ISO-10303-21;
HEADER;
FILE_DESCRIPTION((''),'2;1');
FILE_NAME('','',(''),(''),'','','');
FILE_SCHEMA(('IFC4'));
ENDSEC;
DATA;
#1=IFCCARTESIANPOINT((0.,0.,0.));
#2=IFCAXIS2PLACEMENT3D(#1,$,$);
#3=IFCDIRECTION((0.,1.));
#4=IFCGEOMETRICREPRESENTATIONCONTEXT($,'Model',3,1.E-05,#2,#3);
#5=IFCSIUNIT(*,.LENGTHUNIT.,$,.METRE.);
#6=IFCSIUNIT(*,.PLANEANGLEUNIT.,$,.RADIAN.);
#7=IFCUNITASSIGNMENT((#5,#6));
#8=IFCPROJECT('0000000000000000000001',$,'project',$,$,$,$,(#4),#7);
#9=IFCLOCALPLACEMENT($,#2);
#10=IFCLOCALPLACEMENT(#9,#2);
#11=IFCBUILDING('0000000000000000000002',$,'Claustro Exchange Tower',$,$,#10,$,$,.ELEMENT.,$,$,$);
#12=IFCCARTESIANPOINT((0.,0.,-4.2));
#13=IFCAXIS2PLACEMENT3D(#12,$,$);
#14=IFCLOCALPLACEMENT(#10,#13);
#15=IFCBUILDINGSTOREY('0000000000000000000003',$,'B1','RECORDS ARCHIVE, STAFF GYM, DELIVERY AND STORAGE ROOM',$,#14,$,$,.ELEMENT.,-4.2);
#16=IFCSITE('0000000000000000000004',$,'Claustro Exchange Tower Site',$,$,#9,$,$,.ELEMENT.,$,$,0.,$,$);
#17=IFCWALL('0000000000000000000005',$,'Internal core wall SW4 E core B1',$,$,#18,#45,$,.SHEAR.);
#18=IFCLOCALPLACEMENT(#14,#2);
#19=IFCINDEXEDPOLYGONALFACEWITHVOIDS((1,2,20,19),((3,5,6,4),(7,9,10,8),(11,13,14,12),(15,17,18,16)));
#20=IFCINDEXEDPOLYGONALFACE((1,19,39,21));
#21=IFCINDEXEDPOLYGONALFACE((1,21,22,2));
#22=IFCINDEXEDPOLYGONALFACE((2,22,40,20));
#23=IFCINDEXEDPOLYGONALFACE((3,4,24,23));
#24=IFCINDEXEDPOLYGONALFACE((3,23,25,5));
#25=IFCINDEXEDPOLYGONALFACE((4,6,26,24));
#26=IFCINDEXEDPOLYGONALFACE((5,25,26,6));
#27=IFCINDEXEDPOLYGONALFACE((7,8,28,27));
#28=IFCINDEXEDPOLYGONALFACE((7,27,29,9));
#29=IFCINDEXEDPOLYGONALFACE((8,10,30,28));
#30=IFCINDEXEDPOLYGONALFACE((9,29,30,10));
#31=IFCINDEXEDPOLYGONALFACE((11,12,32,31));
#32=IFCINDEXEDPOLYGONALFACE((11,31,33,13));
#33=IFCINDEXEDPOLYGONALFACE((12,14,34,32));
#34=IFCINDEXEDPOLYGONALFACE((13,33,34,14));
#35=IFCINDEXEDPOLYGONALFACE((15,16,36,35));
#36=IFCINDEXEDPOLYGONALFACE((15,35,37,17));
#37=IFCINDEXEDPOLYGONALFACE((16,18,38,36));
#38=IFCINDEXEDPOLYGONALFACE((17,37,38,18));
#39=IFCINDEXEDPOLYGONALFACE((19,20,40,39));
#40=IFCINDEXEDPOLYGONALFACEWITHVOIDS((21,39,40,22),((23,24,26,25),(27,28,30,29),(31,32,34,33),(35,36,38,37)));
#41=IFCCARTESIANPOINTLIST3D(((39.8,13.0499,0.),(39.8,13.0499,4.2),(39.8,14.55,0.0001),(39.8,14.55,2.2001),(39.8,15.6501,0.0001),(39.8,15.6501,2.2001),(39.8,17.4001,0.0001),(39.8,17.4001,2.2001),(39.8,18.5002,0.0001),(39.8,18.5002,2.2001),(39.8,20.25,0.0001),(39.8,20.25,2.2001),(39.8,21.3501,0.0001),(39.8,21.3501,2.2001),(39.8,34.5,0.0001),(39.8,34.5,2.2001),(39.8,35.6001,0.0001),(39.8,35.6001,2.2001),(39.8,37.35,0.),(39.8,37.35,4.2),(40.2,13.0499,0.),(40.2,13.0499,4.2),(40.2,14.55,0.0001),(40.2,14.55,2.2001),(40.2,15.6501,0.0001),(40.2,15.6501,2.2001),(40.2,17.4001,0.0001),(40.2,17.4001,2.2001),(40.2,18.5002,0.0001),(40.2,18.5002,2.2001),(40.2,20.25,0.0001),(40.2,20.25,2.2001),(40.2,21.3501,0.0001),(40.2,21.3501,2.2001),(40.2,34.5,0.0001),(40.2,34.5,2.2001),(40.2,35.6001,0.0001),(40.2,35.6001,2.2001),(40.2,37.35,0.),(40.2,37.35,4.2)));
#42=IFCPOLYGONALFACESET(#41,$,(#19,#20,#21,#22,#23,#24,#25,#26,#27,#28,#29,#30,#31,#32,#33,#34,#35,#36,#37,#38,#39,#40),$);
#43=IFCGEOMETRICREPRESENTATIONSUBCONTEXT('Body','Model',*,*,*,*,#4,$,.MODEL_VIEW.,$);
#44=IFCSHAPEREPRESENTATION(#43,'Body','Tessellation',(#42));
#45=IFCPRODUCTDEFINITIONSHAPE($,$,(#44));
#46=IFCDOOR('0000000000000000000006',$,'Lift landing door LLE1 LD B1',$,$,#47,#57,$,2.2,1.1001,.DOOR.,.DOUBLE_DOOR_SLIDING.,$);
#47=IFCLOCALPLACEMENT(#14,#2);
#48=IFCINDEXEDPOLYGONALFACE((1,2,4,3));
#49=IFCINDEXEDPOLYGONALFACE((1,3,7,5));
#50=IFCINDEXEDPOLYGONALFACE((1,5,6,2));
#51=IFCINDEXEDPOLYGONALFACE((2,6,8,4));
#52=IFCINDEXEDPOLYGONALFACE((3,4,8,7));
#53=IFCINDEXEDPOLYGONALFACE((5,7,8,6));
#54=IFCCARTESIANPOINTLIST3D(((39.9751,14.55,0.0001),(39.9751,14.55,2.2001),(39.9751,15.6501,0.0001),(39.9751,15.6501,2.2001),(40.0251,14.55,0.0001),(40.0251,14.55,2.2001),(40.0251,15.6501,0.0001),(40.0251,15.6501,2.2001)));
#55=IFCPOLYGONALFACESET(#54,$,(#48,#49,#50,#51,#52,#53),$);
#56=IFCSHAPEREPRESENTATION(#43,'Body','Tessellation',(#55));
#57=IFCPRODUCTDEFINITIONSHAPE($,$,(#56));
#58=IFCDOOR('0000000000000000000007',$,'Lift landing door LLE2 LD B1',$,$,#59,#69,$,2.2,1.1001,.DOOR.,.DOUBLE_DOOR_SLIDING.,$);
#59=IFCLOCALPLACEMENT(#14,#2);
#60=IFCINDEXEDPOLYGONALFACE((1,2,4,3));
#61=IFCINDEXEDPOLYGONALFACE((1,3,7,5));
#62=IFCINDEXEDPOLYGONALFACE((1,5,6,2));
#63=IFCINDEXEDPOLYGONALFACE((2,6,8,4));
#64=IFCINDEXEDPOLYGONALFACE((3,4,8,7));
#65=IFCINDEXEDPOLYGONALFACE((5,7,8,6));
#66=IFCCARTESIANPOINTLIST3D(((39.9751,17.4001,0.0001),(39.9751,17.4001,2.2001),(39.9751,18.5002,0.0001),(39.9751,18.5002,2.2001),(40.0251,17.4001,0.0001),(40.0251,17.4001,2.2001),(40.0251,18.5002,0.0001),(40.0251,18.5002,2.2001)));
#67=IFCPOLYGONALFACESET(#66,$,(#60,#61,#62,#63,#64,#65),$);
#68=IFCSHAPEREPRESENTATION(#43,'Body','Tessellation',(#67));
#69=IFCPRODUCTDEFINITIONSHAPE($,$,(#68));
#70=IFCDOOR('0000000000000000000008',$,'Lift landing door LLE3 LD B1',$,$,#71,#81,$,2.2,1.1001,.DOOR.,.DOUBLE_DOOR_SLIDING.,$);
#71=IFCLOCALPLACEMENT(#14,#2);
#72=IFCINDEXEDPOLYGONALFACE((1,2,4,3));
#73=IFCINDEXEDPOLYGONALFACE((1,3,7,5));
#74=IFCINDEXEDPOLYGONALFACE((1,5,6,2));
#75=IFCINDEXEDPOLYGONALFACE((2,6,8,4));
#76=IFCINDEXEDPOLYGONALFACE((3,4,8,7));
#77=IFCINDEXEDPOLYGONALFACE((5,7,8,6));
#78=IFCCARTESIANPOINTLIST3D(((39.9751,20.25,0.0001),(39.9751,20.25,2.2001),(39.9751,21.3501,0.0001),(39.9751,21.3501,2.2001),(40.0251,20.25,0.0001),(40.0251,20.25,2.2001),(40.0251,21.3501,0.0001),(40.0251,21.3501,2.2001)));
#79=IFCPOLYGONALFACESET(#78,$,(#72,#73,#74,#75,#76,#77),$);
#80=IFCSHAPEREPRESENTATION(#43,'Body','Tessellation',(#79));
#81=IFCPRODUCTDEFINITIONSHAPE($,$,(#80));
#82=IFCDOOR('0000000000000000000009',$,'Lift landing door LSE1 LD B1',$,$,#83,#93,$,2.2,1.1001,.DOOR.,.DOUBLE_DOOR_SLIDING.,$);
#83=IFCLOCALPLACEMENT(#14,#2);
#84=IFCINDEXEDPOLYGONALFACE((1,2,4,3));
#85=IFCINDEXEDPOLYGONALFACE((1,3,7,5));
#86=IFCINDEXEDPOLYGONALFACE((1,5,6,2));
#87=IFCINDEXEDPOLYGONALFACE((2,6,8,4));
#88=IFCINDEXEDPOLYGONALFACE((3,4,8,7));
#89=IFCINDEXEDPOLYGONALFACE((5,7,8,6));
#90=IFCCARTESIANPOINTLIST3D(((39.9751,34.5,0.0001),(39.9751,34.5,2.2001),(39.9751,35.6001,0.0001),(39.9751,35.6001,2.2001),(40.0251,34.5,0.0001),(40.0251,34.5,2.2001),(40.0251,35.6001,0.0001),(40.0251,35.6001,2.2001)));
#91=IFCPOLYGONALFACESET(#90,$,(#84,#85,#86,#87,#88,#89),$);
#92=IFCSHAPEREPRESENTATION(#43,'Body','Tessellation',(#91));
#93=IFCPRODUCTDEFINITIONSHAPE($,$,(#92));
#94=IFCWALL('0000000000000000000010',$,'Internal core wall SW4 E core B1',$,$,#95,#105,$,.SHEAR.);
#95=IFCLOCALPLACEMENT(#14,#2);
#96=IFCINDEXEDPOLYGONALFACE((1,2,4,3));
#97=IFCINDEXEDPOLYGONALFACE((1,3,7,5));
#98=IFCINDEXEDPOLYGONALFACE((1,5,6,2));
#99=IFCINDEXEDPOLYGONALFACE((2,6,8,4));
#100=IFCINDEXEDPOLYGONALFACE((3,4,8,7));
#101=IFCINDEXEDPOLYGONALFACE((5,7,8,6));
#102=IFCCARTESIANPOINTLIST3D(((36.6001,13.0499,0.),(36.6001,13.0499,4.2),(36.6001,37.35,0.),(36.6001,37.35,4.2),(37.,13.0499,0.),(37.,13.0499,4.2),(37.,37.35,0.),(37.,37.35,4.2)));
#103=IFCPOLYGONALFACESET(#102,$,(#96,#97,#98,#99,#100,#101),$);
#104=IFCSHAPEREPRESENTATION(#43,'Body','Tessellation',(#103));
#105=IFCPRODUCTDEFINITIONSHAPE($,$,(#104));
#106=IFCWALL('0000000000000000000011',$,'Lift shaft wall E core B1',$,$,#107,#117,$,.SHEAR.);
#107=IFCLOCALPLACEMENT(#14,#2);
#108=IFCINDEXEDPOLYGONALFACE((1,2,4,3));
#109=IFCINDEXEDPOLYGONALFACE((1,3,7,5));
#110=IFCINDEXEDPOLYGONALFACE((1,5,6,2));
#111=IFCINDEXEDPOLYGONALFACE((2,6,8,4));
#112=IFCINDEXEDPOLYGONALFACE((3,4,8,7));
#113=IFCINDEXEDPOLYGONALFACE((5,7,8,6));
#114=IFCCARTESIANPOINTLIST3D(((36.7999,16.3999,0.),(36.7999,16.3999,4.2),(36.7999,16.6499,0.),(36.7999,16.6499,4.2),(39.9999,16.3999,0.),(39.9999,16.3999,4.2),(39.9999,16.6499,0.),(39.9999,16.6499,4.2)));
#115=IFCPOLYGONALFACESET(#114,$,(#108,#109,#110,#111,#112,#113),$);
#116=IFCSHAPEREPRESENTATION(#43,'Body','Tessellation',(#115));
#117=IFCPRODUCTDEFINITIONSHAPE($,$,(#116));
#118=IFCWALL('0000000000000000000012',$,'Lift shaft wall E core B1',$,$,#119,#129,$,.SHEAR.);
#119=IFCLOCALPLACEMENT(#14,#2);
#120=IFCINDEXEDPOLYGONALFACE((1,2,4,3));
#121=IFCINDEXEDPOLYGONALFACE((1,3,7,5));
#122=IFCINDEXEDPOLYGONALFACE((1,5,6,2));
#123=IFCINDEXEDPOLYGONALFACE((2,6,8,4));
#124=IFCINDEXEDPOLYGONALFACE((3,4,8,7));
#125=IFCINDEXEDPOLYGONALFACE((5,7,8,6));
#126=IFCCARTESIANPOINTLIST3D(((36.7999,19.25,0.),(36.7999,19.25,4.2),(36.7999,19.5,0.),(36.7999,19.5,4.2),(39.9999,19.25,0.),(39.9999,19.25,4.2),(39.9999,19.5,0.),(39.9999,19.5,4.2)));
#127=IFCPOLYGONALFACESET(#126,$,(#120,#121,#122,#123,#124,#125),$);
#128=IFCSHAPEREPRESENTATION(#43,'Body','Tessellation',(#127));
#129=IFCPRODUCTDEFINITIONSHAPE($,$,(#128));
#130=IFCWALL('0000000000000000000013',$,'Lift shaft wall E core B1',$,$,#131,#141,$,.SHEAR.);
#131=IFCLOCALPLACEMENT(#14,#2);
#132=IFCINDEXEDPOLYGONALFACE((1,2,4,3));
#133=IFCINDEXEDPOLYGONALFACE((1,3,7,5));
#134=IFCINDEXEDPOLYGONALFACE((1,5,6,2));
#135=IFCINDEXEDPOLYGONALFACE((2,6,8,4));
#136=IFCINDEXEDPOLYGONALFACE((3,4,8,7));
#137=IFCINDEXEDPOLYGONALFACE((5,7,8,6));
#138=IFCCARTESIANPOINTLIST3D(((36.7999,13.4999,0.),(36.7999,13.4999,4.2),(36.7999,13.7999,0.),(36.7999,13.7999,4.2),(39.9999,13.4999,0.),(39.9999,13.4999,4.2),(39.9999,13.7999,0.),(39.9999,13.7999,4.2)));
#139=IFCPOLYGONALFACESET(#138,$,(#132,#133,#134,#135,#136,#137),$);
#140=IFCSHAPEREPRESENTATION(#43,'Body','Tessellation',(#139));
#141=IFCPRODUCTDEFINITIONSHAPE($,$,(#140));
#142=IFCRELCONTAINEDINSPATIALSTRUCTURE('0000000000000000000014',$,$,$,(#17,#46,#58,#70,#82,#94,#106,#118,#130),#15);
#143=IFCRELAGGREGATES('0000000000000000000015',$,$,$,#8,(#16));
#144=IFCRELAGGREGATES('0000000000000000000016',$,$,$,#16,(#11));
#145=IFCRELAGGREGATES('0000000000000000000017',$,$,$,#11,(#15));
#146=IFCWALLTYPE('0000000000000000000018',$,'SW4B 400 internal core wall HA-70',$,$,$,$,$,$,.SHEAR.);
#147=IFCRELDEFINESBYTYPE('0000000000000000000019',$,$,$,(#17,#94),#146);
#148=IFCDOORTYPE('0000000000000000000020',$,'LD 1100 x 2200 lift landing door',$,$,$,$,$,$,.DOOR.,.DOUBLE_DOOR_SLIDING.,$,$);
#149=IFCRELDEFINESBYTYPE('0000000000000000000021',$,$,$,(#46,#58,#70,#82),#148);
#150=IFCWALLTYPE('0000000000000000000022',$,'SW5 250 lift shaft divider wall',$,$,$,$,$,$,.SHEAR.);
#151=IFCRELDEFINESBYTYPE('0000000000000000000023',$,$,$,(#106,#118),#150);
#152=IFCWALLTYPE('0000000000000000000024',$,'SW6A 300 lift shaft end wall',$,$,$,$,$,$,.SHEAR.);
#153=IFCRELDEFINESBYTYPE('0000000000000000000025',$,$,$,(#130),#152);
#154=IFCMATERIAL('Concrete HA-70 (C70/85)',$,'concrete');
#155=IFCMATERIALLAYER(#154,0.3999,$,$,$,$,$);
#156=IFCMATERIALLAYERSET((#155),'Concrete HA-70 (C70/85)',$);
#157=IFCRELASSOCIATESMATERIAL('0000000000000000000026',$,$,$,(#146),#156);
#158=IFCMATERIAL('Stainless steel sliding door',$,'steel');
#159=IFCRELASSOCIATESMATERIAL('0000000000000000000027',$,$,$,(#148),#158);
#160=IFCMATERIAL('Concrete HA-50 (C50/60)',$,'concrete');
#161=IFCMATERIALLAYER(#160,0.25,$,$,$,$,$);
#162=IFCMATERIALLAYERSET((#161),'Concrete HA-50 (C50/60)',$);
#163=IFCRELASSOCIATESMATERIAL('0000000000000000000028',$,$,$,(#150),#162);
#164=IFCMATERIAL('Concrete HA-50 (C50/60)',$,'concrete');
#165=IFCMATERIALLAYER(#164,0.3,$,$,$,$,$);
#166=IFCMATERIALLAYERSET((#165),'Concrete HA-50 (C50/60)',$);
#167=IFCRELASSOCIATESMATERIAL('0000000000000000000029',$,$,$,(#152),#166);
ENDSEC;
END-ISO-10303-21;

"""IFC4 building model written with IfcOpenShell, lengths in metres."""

from ifc_helpers import new_model, si_unit, direction, frame, frame_2d, origin, place, context, subcontext, project, spatial, rectangle, extrude, material, layer, layer_set, type_object, element, fill, save


model = new_model("IFC4")

# Units and contexts
model_context = context("Model", 3, precision=1e-05, world=origin(), true_north=direction((0.0, 1.0)))
body_context = subcontext(model_context, "Body", "Model", "MODEL_VIEW")
ifc_project = project(units=[si_unit("LENGTHUNIT", "METRE"), si_unit("PLANEANGLEUNIT", "RADIAN")], contexts=[model_context])

# Site, building, storey
site_placement = place(None, origin())
site = spatial("IfcSite", under=ifc_project, at=site_placement, Name="Claustro Exchange Tower Site", CompositionType="ELEMENT", RefElevation=0.0)
building_placement = place(site_placement, origin())
building = spatial("IfcBuilding", under=site, at=building_placement, Name="Claustro Exchange Tower", CompositionType="ELEMENT")
storey_placement = place(building_placement, frame((0.0, 0.0, -4.2)))
storey = spatial("IfcBuildingStorey", under=building, at=storey_placement, Name="B1", Description="RECORDS ARCHIVE, STAFF GYM, DELIVERY AND STORAGE ROOM", CompositionType="ELEMENT", Elevation=-4.2)

# Wall, openings, doors
ifc_material_1 = material(Name="Concrete HA-70 (C70/85)", Category="concrete")
ifc_layer_1 = layer(ifc_material_1, 0.3999)
ifc_layer_set_1 = layer_set([ifc_layer_1], Name="Concrete HA-70 (C70/85)")
wall_type_1 = type_object("IfcWallType", Name="SW4B 400 internal core wall HA-70", PredefinedType="SHEAR", material=ifc_layer_set_1)
ifc_material_2 = material(Name="Stainless steel sliding door", Category="steel")
door_type_1 = type_object("IfcDoorType", Name="LD 1100 x 2200 lift landing door", OperationType="DOUBLE_DOOR_SLIDING", PredefinedType="DOOR", material=ifc_material_2)
wall_1_placement = place(storey_placement, frame((40.0, 13.05, 0.0), z_axis=(0.0, 0.0, 1.0), x_axis=(0.0, 1.0, 0.0)))
wall_1 = element("IfcWall", 1, at=wall_1_placement, inside=storey, type_object=wall_type_1, Name="Internal core wall SW4 E core B1", PredefinedType="SHEAR", context=body_context, shape_type="SweptSolid", body=[
    extrude(rectangle(XDim=24.3, YDim=0.3999, at=frame_2d((12.1499, 0.0))), origin(), (0.0, 0.0, 1.0), 4.2),
])
opening_1_placement = place(wall_1_placement, frame((1.5, 0.0, 0.0)))
opening_1 = element("IfcOpeningElement", 2, at=opening_1_placement, cuts=wall_1, PredefinedType="OPENING", context=body_context, shape_type="SweptSolid", body=[
    extrude(rectangle(XDim=1.1001, YDim=2.2, at=frame_2d((0.55, 1.1001))), frame((0.0, 0.21, 0.0), z_axis=(0.0, -1.0, 0.0), x_axis=(1.0, 0.0, 0.0)), (0.0, 0.0, 1.0), 0.4199),
])
opening_2_placement = place(wall_1_placement, frame((4.3501, 0.0, 0.0)))
opening_2 = element("IfcOpeningElement", 3, at=opening_2_placement, cuts=wall_1, PredefinedType="OPENING", context=body_context, shape_type="SweptSolid", body=[
    extrude(rectangle(XDim=1.1001, YDim=2.2, at=frame_2d((0.55, 1.1001))), frame((0.0, 0.21, 0.0), z_axis=(0.0, -1.0, 0.0), x_axis=(1.0, 0.0, 0.0)), (0.0, 0.0, 1.0), 0.4199),
])
opening_3_placement = place(wall_1_placement, frame((7.2, 0.0, 0.0)))
opening_3 = element("IfcOpeningElement", 4, at=opening_3_placement, cuts=wall_1, PredefinedType="OPENING", context=body_context, shape_type="SweptSolid", body=[
    extrude(rectangle(XDim=1.1001, YDim=2.2, at=frame_2d((0.55, 1.1001))), frame((0.0, 0.21, 0.0), z_axis=(0.0, -1.0, 0.0), x_axis=(1.0, 0.0, 0.0)), (0.0, 0.0, 1.0), 0.4199),
])
opening_4_placement = place(wall_1_placement, frame((21.45, 0.0, 0.0)))
opening_4 = element("IfcOpeningElement", 5, at=opening_4_placement, cuts=wall_1, PredefinedType="OPENING", context=body_context, shape_type="SweptSolid", body=[
    extrude(rectangle(XDim=1.1001, YDim=2.2, at=frame_2d((0.55, 1.1001))), frame((0.0, 0.21, 0.0), z_axis=(0.0, -1.0, 0.0), x_axis=(1.0, 0.0, 0.0)), (0.0, 0.0, 1.0), 0.4199),
])
door_1_placement = place(opening_1_placement, origin())
door_1 = element("IfcDoor", 6, at=door_1_placement, inside=storey, type_object=door_type_1, Name="Lift landing door LLE1 LD B1", OperationType="DOUBLE_DOOR_SLIDING", OverallHeight=2.2, OverallWidth=1.1001, PredefinedType="DOOR", context=body_context, shape_type="SweptSolid", body=[
    extrude(rectangle(XDim=1.1001, YDim=2.2, at=frame_2d((0.55, 1.1001))), frame((0.0, 0.0249, 0.0), z_axis=(0.0, -1.0, 0.0), x_axis=(1.0, 0.0, 0.0)), (0.0, 0.0, 1.0), 0.05),
])
fill(opening_1, door_1)
door_2_placement = place(opening_2_placement, origin())
door_2 = element("IfcDoor", 7, at=door_2_placement, inside=storey, type_object=door_type_1, Name="Lift landing door LLE2 LD B1", OperationType="DOUBLE_DOOR_SLIDING", OverallHeight=2.2, OverallWidth=1.1001, PredefinedType="DOOR", context=body_context, shape_type="SweptSolid", body=[
    extrude(rectangle(XDim=1.1001, YDim=2.2, at=frame_2d((0.55, 1.1001))), frame((0.0, 0.0249, 0.0), z_axis=(0.0, -1.0, 0.0), x_axis=(1.0, 0.0, 0.0)), (0.0, 0.0, 1.0), 0.05),
])
fill(opening_2, door_2)
door_3_placement = place(opening_3_placement, origin())
door_3 = element("IfcDoor", 8, at=door_3_placement, inside=storey, type_object=door_type_1, Name="Lift landing door LLE3 LD B1", OperationType="DOUBLE_DOOR_SLIDING", OverallHeight=2.2, OverallWidth=1.1001, PredefinedType="DOOR", context=body_context, shape_type="SweptSolid", body=[
    extrude(rectangle(XDim=1.1001, YDim=2.2, at=frame_2d((0.55, 1.1001))), frame((0.0, 0.0249, 0.0), z_axis=(0.0, -1.0, 0.0), x_axis=(1.0, 0.0, 0.0)), (0.0, 0.0, 1.0), 0.05),
])
fill(opening_3, door_3)
door_4_placement = place(opening_4_placement, origin())
door_4 = element("IfcDoor", 9, at=door_4_placement, inside=storey, type_object=door_type_1, Name="Lift landing door LSE1 LD B1", OperationType="DOUBLE_DOOR_SLIDING", OverallHeight=2.2, OverallWidth=1.1001, PredefinedType="DOOR", context=body_context, shape_type="SweptSolid", body=[
    extrude(rectangle(XDim=1.1001, YDim=2.2, at=frame_2d((0.55, 1.1001))), frame((0.0, 0.0249, 0.0), z_axis=(0.0, -1.0, 0.0), x_axis=(1.0, 0.0, 0.0)), (0.0, 0.0, 1.0), 0.05),
])
fill(opening_4, door_4)

# Walls
wall_2_placement = place(storey_placement, frame((36.8, 13.05, 0.0), z_axis=(0.0, 0.0, 1.0), x_axis=(0.0, 1.0, 0.0)))
element("IfcWall", 10, at=wall_2_placement, inside=storey, type_object=wall_type_1, Name="Internal core wall SW4 E core B1", PredefinedType="SHEAR", context=body_context, shape_type="SweptSolid", body=[
    extrude(rectangle(XDim=24.3, YDim=0.3999, at=frame_2d((12.1499, 0.0))), origin(), (0.0, 0.0, 1.0), 4.2),
])
ifc_material_3 = material(Name="Concrete HA-50 (C50/60)", Category="concrete")
ifc_layer_2 = layer(ifc_material_3, 0.25)
ifc_layer_set_2 = layer_set([ifc_layer_2], Name="Concrete HA-50 (C50/60)")
wall_type_2 = type_object("IfcWallType", Name="SW5 250 lift shaft divider wall", PredefinedType="SHEAR", material=ifc_layer_set_2)
for number, where, z_axis, x_axis, name in (
    (11, (40.0, 16.5249, 0.0), (0.0, 0.0, 1.0), (-1.0, 0.0, 0.0), "Lift shaft wall E core B1"),
    (12, (40.0, 19.375, 0.0), (0.0, 0.0, 1.0), (-1.0, 0.0, 0.0), "Lift shaft wall E core B1"),
):
    element("IfcWall", number, at=place(storey_placement, frame(where, z_axis=z_axis, x_axis=x_axis)), inside=storey, type_object=wall_type_2, Name=name, PredefinedType="SHEAR", context=body_context, shape_type="SweptSolid", body=[
        extrude(rectangle(XDim=3.2, YDim=0.25, at=frame_2d((1.6001, 0.0))), origin(), (0.0, 0.0, 1.0), 4.2),
    ])
ifc_material_4 = material(Name="Concrete HA-50 (C50/60)", Category="concrete")
ifc_layer_3 = layer(ifc_material_4, 0.3)
ifc_layer_set_3 = layer_set([ifc_layer_3], Name="Concrete HA-50 (C50/60)")
wall_type_3 = type_object("IfcWallType", Name="SW6A 300 lift shaft end wall", PredefinedType="SHEAR", material=ifc_layer_set_3)
wall_3_placement = place(storey_placement, frame((40.0, 13.6499, 0.0), z_axis=(0.0, 0.0, 1.0), x_axis=(-1.0, 0.0, 0.0)))
element("IfcWall", 13, at=wall_3_placement, inside=storey, type_object=wall_type_3, Name="Lift shaft wall E core B1", PredefinedType="SHEAR", context=body_context, shape_type="SweptSolid", body=[
    extrude(rectangle(XDim=3.2, YDim=0.3, at=frame_2d((1.6001, 0.0))), origin(), (0.0, 0.0, 1.0), 4.2),
])

save(model, "model.ifc")
